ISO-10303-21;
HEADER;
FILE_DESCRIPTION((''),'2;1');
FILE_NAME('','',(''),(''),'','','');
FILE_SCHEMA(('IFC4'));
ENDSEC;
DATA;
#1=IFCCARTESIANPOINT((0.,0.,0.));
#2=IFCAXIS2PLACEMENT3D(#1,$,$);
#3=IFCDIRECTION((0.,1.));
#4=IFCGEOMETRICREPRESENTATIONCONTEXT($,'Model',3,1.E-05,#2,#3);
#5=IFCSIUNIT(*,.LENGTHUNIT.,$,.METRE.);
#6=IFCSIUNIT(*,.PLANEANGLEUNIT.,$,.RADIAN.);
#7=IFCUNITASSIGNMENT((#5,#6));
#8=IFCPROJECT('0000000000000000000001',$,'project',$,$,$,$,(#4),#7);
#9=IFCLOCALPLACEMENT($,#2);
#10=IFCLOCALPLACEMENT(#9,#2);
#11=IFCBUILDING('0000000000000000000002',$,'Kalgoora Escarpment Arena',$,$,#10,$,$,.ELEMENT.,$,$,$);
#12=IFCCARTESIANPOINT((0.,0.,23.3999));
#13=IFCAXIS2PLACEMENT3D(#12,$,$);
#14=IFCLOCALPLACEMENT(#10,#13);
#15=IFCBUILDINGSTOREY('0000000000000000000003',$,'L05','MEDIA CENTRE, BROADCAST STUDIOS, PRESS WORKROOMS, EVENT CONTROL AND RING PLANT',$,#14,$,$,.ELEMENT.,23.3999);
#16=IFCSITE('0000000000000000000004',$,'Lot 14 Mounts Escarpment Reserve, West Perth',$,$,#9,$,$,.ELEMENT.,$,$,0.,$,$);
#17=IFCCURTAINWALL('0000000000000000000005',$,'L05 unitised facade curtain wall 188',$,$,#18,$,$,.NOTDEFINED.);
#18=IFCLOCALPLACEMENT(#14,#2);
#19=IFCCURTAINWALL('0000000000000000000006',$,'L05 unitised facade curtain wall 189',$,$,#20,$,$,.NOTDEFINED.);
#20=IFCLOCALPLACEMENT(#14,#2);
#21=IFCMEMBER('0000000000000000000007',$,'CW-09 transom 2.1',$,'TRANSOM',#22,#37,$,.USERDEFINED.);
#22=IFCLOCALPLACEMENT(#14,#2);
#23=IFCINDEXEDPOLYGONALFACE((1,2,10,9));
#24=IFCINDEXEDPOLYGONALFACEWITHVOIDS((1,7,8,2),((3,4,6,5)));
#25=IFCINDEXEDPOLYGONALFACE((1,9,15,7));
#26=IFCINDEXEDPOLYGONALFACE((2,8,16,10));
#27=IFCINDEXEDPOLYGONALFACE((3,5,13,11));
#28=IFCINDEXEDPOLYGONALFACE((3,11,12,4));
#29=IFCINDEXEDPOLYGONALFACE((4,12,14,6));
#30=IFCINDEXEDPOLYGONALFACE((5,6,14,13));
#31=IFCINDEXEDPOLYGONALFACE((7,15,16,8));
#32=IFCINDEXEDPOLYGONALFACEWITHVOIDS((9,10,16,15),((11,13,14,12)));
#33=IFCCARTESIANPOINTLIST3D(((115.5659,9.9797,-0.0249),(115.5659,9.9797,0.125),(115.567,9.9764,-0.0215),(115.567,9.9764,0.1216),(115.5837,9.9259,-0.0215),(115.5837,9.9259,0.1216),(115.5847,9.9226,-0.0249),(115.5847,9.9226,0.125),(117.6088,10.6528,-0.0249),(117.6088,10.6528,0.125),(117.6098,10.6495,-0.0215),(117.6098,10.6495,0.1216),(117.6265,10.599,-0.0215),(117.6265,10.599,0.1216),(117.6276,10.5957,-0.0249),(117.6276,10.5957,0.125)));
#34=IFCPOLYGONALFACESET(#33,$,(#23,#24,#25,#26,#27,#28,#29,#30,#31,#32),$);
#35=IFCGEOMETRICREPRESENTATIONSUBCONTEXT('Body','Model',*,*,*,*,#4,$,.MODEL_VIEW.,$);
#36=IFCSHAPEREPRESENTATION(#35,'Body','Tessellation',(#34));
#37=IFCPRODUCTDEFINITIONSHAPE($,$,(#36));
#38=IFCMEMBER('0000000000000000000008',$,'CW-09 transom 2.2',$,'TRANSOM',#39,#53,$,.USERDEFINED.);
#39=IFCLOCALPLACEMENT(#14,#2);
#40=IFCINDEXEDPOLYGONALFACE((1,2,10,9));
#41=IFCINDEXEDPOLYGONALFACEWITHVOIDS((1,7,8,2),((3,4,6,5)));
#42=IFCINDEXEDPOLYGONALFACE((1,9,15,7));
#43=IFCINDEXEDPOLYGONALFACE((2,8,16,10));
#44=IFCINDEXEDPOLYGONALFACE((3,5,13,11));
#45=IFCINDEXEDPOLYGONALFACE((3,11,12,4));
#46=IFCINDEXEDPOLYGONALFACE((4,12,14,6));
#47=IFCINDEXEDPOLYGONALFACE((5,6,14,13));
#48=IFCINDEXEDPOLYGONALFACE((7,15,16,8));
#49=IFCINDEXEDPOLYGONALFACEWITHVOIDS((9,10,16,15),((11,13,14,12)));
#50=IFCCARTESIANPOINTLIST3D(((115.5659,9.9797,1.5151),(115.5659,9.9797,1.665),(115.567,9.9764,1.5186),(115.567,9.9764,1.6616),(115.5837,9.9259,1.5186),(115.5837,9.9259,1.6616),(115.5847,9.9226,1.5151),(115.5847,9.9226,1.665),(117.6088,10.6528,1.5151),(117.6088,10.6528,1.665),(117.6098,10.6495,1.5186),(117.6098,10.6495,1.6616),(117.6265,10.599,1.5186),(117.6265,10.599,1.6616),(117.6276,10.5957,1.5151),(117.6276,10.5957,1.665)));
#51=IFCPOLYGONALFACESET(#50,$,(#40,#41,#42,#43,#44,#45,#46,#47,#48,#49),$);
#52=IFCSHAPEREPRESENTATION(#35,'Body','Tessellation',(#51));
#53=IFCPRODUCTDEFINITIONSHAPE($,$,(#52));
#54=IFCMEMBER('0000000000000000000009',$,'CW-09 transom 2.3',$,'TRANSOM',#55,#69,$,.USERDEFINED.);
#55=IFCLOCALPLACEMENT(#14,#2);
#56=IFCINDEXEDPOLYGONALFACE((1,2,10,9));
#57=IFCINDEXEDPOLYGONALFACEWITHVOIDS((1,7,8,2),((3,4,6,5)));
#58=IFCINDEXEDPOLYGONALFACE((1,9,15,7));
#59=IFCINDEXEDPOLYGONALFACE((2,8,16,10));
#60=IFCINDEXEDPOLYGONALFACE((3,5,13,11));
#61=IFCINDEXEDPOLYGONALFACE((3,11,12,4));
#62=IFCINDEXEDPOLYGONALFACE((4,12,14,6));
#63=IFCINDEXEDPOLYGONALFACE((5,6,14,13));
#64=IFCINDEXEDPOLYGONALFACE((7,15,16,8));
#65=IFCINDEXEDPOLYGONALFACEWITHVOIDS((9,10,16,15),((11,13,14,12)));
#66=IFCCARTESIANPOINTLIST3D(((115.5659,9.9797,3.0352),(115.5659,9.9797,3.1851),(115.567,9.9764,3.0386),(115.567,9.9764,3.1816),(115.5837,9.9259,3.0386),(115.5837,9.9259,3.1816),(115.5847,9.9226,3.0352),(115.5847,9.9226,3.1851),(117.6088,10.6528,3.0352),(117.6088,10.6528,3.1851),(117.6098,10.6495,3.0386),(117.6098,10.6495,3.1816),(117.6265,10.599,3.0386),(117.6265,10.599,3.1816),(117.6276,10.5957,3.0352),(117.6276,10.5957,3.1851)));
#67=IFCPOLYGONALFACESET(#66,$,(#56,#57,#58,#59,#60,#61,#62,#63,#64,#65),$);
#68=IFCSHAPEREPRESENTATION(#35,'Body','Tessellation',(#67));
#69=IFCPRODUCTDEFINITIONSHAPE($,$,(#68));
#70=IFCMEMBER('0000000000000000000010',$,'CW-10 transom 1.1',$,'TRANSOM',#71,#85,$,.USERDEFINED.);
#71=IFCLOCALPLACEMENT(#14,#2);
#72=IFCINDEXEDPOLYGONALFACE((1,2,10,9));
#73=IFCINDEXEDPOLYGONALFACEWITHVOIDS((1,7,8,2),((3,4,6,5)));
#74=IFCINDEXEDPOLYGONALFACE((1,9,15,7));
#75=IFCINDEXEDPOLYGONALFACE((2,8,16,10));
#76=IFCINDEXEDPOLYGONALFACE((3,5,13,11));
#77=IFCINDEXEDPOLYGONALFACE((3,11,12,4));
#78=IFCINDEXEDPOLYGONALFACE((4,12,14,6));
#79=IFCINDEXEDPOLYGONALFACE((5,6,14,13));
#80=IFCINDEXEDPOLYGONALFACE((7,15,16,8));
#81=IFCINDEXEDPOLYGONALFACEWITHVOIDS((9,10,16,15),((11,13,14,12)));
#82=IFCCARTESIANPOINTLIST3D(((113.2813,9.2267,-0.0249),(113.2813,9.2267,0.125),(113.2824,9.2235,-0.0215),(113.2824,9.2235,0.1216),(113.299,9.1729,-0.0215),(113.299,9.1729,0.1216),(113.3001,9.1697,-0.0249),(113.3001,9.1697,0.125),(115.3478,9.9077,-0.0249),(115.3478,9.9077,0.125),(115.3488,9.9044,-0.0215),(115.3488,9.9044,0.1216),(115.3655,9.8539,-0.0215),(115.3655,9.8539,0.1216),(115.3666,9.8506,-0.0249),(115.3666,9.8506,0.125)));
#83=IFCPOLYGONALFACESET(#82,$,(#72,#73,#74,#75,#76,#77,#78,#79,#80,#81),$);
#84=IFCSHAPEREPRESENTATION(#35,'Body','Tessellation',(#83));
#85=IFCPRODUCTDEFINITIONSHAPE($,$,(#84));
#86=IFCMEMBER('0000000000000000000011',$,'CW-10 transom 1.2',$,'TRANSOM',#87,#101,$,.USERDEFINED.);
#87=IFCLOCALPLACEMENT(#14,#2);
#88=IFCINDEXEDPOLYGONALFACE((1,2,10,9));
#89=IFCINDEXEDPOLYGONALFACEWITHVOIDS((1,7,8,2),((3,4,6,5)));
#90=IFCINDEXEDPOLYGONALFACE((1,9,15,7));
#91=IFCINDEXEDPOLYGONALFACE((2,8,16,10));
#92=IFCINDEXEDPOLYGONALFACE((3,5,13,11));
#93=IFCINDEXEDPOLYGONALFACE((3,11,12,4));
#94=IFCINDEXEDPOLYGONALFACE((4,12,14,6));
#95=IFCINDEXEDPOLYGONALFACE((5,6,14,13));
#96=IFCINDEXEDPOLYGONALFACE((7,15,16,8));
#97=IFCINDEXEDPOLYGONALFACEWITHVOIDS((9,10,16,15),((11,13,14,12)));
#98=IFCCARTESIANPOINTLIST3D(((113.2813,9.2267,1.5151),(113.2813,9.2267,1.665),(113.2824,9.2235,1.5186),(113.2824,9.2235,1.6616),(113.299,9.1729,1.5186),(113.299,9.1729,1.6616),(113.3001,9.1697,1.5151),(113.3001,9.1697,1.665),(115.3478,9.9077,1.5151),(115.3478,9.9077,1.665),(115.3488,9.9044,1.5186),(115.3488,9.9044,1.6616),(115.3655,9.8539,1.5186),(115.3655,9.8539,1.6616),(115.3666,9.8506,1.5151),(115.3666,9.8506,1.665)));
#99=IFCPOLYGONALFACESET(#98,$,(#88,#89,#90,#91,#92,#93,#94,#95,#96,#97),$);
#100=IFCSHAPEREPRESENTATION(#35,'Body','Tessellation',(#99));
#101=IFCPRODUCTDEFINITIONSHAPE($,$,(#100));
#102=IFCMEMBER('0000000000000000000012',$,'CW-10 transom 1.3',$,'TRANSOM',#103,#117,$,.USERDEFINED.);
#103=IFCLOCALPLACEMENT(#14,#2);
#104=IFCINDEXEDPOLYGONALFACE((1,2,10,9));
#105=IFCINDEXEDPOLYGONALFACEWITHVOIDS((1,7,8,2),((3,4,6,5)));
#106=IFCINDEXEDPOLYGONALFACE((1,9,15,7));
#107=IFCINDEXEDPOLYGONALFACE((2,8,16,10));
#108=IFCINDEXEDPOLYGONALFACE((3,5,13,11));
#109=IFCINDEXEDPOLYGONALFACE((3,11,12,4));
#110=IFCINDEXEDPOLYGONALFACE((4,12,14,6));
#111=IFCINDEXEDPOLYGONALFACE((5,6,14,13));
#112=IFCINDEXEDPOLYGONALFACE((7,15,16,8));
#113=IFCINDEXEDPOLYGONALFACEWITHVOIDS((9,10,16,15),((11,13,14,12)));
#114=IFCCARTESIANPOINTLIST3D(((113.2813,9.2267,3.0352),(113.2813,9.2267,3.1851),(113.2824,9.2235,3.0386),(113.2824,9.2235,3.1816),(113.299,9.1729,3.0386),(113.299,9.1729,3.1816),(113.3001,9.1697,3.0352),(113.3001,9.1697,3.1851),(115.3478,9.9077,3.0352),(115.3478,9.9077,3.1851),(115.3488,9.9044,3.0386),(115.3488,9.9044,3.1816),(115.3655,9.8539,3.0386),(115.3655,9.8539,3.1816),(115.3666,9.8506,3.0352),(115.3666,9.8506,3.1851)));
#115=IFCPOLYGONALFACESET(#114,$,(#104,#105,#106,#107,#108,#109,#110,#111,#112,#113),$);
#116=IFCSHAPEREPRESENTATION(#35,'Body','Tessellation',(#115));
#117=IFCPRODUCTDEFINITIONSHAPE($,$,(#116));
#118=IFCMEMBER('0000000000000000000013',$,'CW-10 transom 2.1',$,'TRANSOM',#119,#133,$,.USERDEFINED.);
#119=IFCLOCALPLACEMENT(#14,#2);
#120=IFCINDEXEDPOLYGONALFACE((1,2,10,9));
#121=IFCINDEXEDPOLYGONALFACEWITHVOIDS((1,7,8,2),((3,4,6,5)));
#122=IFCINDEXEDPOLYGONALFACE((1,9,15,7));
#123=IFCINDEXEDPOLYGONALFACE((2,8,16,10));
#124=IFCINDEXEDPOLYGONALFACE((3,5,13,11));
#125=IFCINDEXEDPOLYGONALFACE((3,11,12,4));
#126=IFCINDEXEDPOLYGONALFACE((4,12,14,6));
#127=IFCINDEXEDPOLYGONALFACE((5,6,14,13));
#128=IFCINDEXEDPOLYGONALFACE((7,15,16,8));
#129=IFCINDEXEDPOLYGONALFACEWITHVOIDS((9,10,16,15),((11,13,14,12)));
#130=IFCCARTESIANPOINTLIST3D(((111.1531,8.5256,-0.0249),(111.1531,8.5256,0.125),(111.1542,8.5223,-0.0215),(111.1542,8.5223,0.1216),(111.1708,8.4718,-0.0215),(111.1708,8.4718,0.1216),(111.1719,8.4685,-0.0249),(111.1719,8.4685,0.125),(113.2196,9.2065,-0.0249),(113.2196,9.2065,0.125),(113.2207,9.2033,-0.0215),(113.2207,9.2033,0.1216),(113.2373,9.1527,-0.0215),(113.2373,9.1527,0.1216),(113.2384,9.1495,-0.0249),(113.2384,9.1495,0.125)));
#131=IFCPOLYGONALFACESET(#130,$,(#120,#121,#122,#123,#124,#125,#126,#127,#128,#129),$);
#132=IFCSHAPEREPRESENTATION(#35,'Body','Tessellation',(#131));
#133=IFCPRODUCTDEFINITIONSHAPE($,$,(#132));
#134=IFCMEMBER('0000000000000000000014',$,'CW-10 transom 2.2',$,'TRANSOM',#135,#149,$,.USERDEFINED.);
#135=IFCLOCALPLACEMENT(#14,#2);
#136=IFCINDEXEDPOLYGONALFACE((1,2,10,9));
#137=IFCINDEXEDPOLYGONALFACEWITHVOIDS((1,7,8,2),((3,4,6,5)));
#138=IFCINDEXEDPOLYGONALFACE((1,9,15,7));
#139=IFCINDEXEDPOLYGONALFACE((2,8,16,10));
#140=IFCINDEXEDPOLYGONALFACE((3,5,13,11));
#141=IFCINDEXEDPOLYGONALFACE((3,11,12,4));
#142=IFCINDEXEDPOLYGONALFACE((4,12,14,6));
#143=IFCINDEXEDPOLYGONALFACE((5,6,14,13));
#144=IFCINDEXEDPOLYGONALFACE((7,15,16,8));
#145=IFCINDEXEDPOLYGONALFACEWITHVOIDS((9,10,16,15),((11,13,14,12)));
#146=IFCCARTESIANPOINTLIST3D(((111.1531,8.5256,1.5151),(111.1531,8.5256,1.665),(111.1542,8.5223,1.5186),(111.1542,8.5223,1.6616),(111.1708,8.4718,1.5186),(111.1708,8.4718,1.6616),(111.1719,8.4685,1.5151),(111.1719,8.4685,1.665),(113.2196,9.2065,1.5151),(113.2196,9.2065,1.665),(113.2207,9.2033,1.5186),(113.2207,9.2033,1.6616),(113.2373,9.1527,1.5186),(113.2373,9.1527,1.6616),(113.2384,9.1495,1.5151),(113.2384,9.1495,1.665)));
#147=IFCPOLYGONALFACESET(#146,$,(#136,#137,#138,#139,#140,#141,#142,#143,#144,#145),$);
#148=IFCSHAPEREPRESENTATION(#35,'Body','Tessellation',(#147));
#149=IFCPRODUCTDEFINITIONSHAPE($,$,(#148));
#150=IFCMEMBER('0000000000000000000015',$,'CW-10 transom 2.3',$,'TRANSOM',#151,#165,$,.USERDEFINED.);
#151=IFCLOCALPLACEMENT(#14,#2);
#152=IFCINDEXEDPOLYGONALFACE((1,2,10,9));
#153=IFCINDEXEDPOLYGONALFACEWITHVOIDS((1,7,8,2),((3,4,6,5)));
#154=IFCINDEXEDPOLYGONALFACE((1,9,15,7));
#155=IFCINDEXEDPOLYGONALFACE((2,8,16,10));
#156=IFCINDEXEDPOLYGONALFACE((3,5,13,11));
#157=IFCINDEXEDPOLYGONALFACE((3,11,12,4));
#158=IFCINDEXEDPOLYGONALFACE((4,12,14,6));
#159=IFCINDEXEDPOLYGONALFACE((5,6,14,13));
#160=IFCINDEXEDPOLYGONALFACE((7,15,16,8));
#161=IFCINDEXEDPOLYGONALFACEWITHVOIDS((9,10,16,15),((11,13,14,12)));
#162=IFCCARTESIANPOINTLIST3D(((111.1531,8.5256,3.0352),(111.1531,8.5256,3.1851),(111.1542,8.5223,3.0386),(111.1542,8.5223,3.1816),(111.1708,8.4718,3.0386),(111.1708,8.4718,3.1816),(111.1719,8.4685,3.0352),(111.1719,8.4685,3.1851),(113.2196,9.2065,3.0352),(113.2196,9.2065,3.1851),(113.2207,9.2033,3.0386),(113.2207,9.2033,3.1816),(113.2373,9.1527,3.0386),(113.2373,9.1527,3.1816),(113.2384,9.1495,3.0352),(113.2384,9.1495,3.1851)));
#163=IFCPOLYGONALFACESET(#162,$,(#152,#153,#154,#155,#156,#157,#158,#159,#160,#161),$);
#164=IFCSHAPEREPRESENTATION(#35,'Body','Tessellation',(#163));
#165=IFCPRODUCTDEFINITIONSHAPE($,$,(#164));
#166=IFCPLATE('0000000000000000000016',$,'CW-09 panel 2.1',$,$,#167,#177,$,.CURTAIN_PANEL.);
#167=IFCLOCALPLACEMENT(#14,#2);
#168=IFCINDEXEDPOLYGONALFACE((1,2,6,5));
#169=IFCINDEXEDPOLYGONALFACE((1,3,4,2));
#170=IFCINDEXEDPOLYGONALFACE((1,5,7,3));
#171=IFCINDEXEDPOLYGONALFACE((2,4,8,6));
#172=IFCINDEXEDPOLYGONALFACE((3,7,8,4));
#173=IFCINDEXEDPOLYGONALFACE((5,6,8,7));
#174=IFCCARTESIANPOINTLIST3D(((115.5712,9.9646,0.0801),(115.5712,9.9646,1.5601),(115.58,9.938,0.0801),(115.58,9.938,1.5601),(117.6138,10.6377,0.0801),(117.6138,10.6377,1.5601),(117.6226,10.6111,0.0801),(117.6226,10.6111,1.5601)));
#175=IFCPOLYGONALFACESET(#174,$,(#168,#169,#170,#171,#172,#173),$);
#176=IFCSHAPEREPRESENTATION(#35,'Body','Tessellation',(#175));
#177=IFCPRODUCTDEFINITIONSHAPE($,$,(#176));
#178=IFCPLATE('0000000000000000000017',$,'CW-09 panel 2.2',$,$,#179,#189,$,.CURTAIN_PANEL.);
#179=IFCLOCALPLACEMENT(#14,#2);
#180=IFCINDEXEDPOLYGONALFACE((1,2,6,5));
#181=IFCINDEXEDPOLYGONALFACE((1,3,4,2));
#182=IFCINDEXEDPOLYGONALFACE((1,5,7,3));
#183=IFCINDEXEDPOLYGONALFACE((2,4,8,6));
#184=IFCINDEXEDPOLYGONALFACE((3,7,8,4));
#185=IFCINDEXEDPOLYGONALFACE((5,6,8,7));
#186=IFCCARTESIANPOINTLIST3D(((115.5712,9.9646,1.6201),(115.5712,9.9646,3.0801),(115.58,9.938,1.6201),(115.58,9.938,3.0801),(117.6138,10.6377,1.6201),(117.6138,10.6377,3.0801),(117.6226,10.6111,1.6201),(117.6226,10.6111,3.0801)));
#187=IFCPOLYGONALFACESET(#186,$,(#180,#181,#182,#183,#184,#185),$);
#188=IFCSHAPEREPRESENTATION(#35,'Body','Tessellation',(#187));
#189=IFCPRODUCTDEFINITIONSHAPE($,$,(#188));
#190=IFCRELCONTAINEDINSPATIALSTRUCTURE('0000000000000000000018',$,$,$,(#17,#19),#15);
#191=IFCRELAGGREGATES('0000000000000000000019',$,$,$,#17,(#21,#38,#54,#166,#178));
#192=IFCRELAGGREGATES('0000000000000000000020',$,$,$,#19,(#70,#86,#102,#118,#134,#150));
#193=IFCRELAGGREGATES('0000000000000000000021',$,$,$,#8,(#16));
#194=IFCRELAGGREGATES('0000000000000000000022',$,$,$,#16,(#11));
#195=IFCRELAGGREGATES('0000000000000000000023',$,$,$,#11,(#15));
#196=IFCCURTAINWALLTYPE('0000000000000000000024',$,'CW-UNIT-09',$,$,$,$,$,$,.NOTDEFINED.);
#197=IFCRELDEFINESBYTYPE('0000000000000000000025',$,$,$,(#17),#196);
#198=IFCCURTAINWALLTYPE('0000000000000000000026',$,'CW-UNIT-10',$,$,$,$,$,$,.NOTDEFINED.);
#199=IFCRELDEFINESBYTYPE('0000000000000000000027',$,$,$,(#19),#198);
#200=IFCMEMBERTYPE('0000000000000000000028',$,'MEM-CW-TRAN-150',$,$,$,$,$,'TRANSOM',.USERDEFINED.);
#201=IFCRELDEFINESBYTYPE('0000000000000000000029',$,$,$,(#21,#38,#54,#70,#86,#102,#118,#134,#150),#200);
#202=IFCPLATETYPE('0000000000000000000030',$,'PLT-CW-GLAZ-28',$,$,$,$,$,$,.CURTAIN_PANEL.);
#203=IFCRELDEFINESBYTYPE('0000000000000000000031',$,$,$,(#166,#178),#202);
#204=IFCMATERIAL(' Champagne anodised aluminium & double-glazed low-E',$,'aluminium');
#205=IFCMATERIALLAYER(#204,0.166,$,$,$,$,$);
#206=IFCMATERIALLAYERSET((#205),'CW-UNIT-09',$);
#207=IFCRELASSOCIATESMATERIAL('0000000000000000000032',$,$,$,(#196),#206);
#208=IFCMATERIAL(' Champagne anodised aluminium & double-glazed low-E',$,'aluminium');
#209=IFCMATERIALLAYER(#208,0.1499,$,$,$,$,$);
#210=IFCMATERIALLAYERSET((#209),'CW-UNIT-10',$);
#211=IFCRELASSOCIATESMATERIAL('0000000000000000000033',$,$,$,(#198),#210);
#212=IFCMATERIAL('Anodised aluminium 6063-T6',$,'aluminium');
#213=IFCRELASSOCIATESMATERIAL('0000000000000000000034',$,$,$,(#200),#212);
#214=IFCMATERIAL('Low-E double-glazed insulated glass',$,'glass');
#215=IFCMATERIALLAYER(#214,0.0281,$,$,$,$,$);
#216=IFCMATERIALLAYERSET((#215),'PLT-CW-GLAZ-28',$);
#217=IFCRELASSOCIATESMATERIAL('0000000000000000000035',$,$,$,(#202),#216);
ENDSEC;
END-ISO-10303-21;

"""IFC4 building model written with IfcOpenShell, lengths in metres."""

from ifc_helpers import new_model, si_unit, direction, frame, origin, origin_2d, place, context, subcontext, project, spatial, rectangle, hollow_rectangle, extrude, material, layer, layer_set, material_profile, profile_set, type_object, element, aggregate, save


model = new_model("IFC4")

# Units and contexts
model_context = context("Model", 3, precision=1e-05, world=origin(), true_north=direction((0.0, 1.0)))
body_context = subcontext(model_context, "Body", "Model", "MODEL_VIEW")
ifc_project = project(units=[si_unit("LENGTHUNIT", "METRE"), si_unit("PLANEANGLEUNIT", "RADIAN")], contexts=[model_context])

# Site, building, storey
site_placement = place(None, origin())
site = spatial("IfcSite", under=ifc_project, at=site_placement, Name="Lot 14 Mounts Escarpment Reserve, West Perth", CompositionType="ELEMENT", RefElevation=0.0)
building_placement = place(site_placement, origin())
building = spatial("IfcBuilding", under=site, at=building_placement, Name="Kalgoora Escarpment Arena", CompositionType="ELEMENT")
storey_placement = place(building_placement, frame((0.0, 0.0, 23.3999)))
storey = spatial("IfcBuildingStorey", under=building, at=storey_placement, Name="L05", Description="MEDIA CENTRE, BROADCAST STUDIOS, PRESS WORKROOMS, EVENT CONTROL AND RING PLANT", CompositionType="ELEMENT", Elevation=23.3999)

# Curtain wall
ifc_material_1 = material(Name=" Champagne anodised aluminium & double-glazed low-E", Category="aluminium")
ifc_layer_1 = layer(ifc_material_1, 0.166)
ifc_layer_set_1 = layer_set([ifc_layer_1], Name="CW-UNIT-09")
curtain_wall_type_1 = type_object("IfcCurtainWallType", Name="CW-UNIT-09", PredefinedType="NOTDEFINED", material=ifc_layer_set_1)
curtain_wall_1_placement = place(storey_placement, origin())
curtain_wall_1 = element("IfcCurtainWall", 1, at=curtain_wall_1_placement, inside=storey, type_object=curtain_wall_type_1, Name="L05 unitised facade curtain wall 188", PredefinedType="NOTDEFINED")

# Curtain wall
ifc_material_2 = material(Name=" Champagne anodised aluminium & double-glazed low-E", Category="aluminium")
ifc_layer_2 = layer(ifc_material_2, 0.1499)
ifc_layer_set_2 = layer_set([ifc_layer_2], Name="CW-UNIT-10")
curtain_wall_type_2 = type_object("IfcCurtainWallType", Name="CW-UNIT-10", PredefinedType="NOTDEFINED", material=ifc_layer_set_2)
curtain_wall_2_placement = place(storey_placement, origin())
curtain_wall_2 = element("IfcCurtainWall", 2, at=curtain_wall_2_placement, inside=storey, type_object=curtain_wall_type_2, Name="L05 unitised facade curtain wall 189", PredefinedType="NOTDEFINED")

# Members
ifc_material_3 = material(Name="Anodised aluminium 6063-T6", Category="aluminium")
ifc_material_profile_1 = material_profile(ifc_material_3, hollow_rectangle(XDim=0.0601, YDim=0.1499, WallThickness=0.0034, at=origin_2d()))
ifc_profile_set_1 = profile_set([ifc_material_profile_1], Name="Anodised aluminium 6063-T6")
member_type_1 = type_object("IfcMemberType", Name="MEM-CW-TRAN-150", ElementType="TRANSOM", PredefinedType="USERDEFINED", material=ifc_profile_set_1)
member_1_placement = place(storey_placement, frame((117.6182, 10.6243, 0.05), z_axis=(-0.949767, -0.312957, 0.0), x_axis=(0.312957, -0.949767, 0.0)))
member_1 = element("IfcMember", 3, at=member_1_placement, type_object=member_type_1, Name="CW-09 transom 2.1", ObjectType="TRANSOM", PredefinedType="USERDEFINED", context=body_context, shape_type="SweptSolid", body=[
    extrude(hollow_rectangle(XDim=0.0601, YDim=0.1499, WallThickness=0.0034, at=origin_2d()), origin(), (0.0, 0.0, 1.0), 2.1509),
])
member_2_placement = place(storey_placement, frame((117.6182, 10.6243, 1.5901), z_axis=(-0.949767, -0.312957, 0.0), x_axis=(0.312957, -0.949767, 0.0)))
member_2 = element("IfcMember", 4, at=member_2_placement, type_object=member_type_1, Name="CW-09 transom 2.2", ObjectType="TRANSOM", PredefinedType="USERDEFINED", context=body_context, shape_type="SweptSolid", body=[
    extrude(hollow_rectangle(XDim=0.0601, YDim=0.1499, WallThickness=0.0034, at=origin_2d()), origin(), (0.0, 0.0, 1.0), 2.1509),
])
member_3_placement = place(storey_placement, frame((117.6182, 10.6243, 3.1101), z_axis=(-0.949767, -0.312957, 0.0), x_axis=(0.312957, -0.949767, 0.0)))
member_3 = element("IfcMember", 5, at=member_3_placement, type_object=member_type_1, Name="CW-09 transom 2.3", ObjectType="TRANSOM", PredefinedType="USERDEFINED", context=body_context, shape_type="SweptSolid", body=[
    extrude(hollow_rectangle(XDim=0.0601, YDim=0.1499, WallThickness=0.0034, at=origin_2d()), origin(), (0.0, 0.0, 1.0), 2.1509),
])
member_4_placement = place(storey_placement, frame((115.3572, 9.8792, 0.05), z_axis=(-0.949766, -0.312961, 0.0), x_axis=(0.312961, -0.949766, 0.0)))
member_4 = element("IfcMember", 6, at=member_4_placement, type_object=member_type_1, Name="CW-10 transom 1.1", ObjectType="TRANSOM", PredefinedType="USERDEFINED", context=body_context, shape_type="SweptSolid", body=[
    extrude(hollow_rectangle(XDim=0.0601, YDim=0.1499, WallThickness=0.0034, at=origin_2d()), origin(), (0.0, 0.0, 1.0), 2.1758),
])
member_5_placement = place(storey_placement, frame((115.3572, 9.8792, 1.5901), z_axis=(-0.949766, -0.312961, 0.0), x_axis=(0.312961, -0.949766, 0.0)))
member_5 = element("IfcMember", 7, at=member_5_placement, type_object=member_type_1, Name="CW-10 transom 1.2", ObjectType="TRANSOM", PredefinedType="USERDEFINED", context=body_context, shape_type="SweptSolid", body=[
    extrude(hollow_rectangle(XDim=0.0601, YDim=0.1499, WallThickness=0.0034, at=origin_2d()), origin(), (0.0, 0.0, 1.0), 2.1758),
])
member_6_placement = place(storey_placement, frame((115.3572, 9.8792, 3.1101), z_axis=(-0.949766, -0.312961, 0.0), x_axis=(0.312961, -0.949766, 0.0)))
member_6 = element("IfcMember", 8, at=member_6_placement, type_object=member_type_1, Name="CW-10 transom 1.3", ObjectType="TRANSOM", PredefinedType="USERDEFINED", context=body_context, shape_type="SweptSolid", body=[
    extrude(hollow_rectangle(XDim=0.0601, YDim=0.1499, WallThickness=0.0034, at=origin_2d()), origin(), (0.0, 0.0, 1.0), 2.1758),
])
member_7_placement = place(storey_placement, frame((113.229, 9.178, 0.05), z_axis=(-0.949766, -0.312961, 0.0), x_axis=(0.312961, -0.949766, 0.0)))
member_7 = element("IfcMember", 9, at=member_7_placement, type_object=member_type_1, Name="CW-10 transom 2.1", ObjectType="TRANSOM", PredefinedType="USERDEFINED", context=body_context, shape_type="SweptSolid", body=[
    extrude(hollow_rectangle(XDim=0.0601, YDim=0.1499, WallThickness=0.0034, at=origin_2d()), origin(), (0.0, 0.0, 1.0), 2.1758),
])
member_8_placement = place(storey_placement, frame((113.229, 9.178, 1.5901), z_axis=(-0.949766, -0.312961, 0.0), x_axis=(0.312961, -0.949766, 0.0)))
member_8 = element("IfcMember", 10, at=member_8_placement, type_object=member_type_1, Name="CW-10 transom 2.2", ObjectType="TRANSOM", PredefinedType="USERDEFINED", context=body_context, shape_type="SweptSolid", body=[
    extrude(hollow_rectangle(XDim=0.0601, YDim=0.1499, WallThickness=0.0034, at=origin_2d()), origin(), (0.0, 0.0, 1.0), 2.1758),
])
member_9_placement = place(storey_placement, frame((113.229, 9.178, 3.1101), z_axis=(-0.949766, -0.312961, 0.0), x_axis=(0.312961, -0.949766, 0.0)))
member_9 = element("IfcMember", 11, at=member_9_placement, type_object=member_type_1, Name="CW-10 transom 2.3", ObjectType="TRANSOM", PredefinedType="USERDEFINED", context=body_context, shape_type="SweptSolid", body=[
    extrude(hollow_rectangle(XDim=0.0601, YDim=0.1499, WallThickness=0.0034, at=origin_2d()), origin(), (0.0, 0.0, 1.0), 2.1758),
])

# Plates
ifc_material_4 = material(Name="Low-E double-glazed insulated glass", Category="glass")
ifc_layer_3 = layer(ifc_material_4, 0.0281)
ifc_layer_set_3 = layer_set([ifc_layer_3], Name="PLT-CW-GLAZ-28")
plate_type_1 = type_object("IfcPlateType", Name="PLT-CW-GLAZ-28", PredefinedType="CURTAIN_PANEL", material=ifc_layer_set_3)
plate_1_placement = place(storey_placement, frame((116.5969, 10.2878, 0.0801), z_axis=(0.0, 0.0, 1.0), x_axis=(-0.949763, -0.31297, 0.0)))
plate_1 = element("IfcPlate", 12, at=plate_1_placement, type_object=plate_type_1, Name="CW-09 panel 2.1", PredefinedType="CURTAIN_PANEL", context=body_context, shape_type="SweptSolid", body=[
    extrude(rectangle(XDim=2.1506, YDim=0.0281, at=origin_2d()), origin(), (0.0, 0.0, 1.0), 1.48),
])
plate_2_placement = place(storey_placement, frame((116.5969, 10.2878, 1.6201), z_axis=(0.0, 0.0, 1.0), x_axis=(-0.949763, -0.31297, 0.0)))
plate_2 = element("IfcPlate", 13, at=plate_2_placement, type_object=plate_type_1, Name="CW-09 panel 2.2", PredefinedType="CURTAIN_PANEL", context=body_context, shape_type="SweptSolid", body=[
    extrude(rectangle(XDim=2.1506, YDim=0.0281, at=origin_2d()), origin(), (0.0, 0.0, 1.0), 1.46),
])
aggregate(curtain_wall_1, [member_1, member_2, member_3, plate_1, plate_2])
aggregate(curtain_wall_2, [member_4, member_5, member_6, member_7, member_8, member_9])

save(model, "model.ifc")
